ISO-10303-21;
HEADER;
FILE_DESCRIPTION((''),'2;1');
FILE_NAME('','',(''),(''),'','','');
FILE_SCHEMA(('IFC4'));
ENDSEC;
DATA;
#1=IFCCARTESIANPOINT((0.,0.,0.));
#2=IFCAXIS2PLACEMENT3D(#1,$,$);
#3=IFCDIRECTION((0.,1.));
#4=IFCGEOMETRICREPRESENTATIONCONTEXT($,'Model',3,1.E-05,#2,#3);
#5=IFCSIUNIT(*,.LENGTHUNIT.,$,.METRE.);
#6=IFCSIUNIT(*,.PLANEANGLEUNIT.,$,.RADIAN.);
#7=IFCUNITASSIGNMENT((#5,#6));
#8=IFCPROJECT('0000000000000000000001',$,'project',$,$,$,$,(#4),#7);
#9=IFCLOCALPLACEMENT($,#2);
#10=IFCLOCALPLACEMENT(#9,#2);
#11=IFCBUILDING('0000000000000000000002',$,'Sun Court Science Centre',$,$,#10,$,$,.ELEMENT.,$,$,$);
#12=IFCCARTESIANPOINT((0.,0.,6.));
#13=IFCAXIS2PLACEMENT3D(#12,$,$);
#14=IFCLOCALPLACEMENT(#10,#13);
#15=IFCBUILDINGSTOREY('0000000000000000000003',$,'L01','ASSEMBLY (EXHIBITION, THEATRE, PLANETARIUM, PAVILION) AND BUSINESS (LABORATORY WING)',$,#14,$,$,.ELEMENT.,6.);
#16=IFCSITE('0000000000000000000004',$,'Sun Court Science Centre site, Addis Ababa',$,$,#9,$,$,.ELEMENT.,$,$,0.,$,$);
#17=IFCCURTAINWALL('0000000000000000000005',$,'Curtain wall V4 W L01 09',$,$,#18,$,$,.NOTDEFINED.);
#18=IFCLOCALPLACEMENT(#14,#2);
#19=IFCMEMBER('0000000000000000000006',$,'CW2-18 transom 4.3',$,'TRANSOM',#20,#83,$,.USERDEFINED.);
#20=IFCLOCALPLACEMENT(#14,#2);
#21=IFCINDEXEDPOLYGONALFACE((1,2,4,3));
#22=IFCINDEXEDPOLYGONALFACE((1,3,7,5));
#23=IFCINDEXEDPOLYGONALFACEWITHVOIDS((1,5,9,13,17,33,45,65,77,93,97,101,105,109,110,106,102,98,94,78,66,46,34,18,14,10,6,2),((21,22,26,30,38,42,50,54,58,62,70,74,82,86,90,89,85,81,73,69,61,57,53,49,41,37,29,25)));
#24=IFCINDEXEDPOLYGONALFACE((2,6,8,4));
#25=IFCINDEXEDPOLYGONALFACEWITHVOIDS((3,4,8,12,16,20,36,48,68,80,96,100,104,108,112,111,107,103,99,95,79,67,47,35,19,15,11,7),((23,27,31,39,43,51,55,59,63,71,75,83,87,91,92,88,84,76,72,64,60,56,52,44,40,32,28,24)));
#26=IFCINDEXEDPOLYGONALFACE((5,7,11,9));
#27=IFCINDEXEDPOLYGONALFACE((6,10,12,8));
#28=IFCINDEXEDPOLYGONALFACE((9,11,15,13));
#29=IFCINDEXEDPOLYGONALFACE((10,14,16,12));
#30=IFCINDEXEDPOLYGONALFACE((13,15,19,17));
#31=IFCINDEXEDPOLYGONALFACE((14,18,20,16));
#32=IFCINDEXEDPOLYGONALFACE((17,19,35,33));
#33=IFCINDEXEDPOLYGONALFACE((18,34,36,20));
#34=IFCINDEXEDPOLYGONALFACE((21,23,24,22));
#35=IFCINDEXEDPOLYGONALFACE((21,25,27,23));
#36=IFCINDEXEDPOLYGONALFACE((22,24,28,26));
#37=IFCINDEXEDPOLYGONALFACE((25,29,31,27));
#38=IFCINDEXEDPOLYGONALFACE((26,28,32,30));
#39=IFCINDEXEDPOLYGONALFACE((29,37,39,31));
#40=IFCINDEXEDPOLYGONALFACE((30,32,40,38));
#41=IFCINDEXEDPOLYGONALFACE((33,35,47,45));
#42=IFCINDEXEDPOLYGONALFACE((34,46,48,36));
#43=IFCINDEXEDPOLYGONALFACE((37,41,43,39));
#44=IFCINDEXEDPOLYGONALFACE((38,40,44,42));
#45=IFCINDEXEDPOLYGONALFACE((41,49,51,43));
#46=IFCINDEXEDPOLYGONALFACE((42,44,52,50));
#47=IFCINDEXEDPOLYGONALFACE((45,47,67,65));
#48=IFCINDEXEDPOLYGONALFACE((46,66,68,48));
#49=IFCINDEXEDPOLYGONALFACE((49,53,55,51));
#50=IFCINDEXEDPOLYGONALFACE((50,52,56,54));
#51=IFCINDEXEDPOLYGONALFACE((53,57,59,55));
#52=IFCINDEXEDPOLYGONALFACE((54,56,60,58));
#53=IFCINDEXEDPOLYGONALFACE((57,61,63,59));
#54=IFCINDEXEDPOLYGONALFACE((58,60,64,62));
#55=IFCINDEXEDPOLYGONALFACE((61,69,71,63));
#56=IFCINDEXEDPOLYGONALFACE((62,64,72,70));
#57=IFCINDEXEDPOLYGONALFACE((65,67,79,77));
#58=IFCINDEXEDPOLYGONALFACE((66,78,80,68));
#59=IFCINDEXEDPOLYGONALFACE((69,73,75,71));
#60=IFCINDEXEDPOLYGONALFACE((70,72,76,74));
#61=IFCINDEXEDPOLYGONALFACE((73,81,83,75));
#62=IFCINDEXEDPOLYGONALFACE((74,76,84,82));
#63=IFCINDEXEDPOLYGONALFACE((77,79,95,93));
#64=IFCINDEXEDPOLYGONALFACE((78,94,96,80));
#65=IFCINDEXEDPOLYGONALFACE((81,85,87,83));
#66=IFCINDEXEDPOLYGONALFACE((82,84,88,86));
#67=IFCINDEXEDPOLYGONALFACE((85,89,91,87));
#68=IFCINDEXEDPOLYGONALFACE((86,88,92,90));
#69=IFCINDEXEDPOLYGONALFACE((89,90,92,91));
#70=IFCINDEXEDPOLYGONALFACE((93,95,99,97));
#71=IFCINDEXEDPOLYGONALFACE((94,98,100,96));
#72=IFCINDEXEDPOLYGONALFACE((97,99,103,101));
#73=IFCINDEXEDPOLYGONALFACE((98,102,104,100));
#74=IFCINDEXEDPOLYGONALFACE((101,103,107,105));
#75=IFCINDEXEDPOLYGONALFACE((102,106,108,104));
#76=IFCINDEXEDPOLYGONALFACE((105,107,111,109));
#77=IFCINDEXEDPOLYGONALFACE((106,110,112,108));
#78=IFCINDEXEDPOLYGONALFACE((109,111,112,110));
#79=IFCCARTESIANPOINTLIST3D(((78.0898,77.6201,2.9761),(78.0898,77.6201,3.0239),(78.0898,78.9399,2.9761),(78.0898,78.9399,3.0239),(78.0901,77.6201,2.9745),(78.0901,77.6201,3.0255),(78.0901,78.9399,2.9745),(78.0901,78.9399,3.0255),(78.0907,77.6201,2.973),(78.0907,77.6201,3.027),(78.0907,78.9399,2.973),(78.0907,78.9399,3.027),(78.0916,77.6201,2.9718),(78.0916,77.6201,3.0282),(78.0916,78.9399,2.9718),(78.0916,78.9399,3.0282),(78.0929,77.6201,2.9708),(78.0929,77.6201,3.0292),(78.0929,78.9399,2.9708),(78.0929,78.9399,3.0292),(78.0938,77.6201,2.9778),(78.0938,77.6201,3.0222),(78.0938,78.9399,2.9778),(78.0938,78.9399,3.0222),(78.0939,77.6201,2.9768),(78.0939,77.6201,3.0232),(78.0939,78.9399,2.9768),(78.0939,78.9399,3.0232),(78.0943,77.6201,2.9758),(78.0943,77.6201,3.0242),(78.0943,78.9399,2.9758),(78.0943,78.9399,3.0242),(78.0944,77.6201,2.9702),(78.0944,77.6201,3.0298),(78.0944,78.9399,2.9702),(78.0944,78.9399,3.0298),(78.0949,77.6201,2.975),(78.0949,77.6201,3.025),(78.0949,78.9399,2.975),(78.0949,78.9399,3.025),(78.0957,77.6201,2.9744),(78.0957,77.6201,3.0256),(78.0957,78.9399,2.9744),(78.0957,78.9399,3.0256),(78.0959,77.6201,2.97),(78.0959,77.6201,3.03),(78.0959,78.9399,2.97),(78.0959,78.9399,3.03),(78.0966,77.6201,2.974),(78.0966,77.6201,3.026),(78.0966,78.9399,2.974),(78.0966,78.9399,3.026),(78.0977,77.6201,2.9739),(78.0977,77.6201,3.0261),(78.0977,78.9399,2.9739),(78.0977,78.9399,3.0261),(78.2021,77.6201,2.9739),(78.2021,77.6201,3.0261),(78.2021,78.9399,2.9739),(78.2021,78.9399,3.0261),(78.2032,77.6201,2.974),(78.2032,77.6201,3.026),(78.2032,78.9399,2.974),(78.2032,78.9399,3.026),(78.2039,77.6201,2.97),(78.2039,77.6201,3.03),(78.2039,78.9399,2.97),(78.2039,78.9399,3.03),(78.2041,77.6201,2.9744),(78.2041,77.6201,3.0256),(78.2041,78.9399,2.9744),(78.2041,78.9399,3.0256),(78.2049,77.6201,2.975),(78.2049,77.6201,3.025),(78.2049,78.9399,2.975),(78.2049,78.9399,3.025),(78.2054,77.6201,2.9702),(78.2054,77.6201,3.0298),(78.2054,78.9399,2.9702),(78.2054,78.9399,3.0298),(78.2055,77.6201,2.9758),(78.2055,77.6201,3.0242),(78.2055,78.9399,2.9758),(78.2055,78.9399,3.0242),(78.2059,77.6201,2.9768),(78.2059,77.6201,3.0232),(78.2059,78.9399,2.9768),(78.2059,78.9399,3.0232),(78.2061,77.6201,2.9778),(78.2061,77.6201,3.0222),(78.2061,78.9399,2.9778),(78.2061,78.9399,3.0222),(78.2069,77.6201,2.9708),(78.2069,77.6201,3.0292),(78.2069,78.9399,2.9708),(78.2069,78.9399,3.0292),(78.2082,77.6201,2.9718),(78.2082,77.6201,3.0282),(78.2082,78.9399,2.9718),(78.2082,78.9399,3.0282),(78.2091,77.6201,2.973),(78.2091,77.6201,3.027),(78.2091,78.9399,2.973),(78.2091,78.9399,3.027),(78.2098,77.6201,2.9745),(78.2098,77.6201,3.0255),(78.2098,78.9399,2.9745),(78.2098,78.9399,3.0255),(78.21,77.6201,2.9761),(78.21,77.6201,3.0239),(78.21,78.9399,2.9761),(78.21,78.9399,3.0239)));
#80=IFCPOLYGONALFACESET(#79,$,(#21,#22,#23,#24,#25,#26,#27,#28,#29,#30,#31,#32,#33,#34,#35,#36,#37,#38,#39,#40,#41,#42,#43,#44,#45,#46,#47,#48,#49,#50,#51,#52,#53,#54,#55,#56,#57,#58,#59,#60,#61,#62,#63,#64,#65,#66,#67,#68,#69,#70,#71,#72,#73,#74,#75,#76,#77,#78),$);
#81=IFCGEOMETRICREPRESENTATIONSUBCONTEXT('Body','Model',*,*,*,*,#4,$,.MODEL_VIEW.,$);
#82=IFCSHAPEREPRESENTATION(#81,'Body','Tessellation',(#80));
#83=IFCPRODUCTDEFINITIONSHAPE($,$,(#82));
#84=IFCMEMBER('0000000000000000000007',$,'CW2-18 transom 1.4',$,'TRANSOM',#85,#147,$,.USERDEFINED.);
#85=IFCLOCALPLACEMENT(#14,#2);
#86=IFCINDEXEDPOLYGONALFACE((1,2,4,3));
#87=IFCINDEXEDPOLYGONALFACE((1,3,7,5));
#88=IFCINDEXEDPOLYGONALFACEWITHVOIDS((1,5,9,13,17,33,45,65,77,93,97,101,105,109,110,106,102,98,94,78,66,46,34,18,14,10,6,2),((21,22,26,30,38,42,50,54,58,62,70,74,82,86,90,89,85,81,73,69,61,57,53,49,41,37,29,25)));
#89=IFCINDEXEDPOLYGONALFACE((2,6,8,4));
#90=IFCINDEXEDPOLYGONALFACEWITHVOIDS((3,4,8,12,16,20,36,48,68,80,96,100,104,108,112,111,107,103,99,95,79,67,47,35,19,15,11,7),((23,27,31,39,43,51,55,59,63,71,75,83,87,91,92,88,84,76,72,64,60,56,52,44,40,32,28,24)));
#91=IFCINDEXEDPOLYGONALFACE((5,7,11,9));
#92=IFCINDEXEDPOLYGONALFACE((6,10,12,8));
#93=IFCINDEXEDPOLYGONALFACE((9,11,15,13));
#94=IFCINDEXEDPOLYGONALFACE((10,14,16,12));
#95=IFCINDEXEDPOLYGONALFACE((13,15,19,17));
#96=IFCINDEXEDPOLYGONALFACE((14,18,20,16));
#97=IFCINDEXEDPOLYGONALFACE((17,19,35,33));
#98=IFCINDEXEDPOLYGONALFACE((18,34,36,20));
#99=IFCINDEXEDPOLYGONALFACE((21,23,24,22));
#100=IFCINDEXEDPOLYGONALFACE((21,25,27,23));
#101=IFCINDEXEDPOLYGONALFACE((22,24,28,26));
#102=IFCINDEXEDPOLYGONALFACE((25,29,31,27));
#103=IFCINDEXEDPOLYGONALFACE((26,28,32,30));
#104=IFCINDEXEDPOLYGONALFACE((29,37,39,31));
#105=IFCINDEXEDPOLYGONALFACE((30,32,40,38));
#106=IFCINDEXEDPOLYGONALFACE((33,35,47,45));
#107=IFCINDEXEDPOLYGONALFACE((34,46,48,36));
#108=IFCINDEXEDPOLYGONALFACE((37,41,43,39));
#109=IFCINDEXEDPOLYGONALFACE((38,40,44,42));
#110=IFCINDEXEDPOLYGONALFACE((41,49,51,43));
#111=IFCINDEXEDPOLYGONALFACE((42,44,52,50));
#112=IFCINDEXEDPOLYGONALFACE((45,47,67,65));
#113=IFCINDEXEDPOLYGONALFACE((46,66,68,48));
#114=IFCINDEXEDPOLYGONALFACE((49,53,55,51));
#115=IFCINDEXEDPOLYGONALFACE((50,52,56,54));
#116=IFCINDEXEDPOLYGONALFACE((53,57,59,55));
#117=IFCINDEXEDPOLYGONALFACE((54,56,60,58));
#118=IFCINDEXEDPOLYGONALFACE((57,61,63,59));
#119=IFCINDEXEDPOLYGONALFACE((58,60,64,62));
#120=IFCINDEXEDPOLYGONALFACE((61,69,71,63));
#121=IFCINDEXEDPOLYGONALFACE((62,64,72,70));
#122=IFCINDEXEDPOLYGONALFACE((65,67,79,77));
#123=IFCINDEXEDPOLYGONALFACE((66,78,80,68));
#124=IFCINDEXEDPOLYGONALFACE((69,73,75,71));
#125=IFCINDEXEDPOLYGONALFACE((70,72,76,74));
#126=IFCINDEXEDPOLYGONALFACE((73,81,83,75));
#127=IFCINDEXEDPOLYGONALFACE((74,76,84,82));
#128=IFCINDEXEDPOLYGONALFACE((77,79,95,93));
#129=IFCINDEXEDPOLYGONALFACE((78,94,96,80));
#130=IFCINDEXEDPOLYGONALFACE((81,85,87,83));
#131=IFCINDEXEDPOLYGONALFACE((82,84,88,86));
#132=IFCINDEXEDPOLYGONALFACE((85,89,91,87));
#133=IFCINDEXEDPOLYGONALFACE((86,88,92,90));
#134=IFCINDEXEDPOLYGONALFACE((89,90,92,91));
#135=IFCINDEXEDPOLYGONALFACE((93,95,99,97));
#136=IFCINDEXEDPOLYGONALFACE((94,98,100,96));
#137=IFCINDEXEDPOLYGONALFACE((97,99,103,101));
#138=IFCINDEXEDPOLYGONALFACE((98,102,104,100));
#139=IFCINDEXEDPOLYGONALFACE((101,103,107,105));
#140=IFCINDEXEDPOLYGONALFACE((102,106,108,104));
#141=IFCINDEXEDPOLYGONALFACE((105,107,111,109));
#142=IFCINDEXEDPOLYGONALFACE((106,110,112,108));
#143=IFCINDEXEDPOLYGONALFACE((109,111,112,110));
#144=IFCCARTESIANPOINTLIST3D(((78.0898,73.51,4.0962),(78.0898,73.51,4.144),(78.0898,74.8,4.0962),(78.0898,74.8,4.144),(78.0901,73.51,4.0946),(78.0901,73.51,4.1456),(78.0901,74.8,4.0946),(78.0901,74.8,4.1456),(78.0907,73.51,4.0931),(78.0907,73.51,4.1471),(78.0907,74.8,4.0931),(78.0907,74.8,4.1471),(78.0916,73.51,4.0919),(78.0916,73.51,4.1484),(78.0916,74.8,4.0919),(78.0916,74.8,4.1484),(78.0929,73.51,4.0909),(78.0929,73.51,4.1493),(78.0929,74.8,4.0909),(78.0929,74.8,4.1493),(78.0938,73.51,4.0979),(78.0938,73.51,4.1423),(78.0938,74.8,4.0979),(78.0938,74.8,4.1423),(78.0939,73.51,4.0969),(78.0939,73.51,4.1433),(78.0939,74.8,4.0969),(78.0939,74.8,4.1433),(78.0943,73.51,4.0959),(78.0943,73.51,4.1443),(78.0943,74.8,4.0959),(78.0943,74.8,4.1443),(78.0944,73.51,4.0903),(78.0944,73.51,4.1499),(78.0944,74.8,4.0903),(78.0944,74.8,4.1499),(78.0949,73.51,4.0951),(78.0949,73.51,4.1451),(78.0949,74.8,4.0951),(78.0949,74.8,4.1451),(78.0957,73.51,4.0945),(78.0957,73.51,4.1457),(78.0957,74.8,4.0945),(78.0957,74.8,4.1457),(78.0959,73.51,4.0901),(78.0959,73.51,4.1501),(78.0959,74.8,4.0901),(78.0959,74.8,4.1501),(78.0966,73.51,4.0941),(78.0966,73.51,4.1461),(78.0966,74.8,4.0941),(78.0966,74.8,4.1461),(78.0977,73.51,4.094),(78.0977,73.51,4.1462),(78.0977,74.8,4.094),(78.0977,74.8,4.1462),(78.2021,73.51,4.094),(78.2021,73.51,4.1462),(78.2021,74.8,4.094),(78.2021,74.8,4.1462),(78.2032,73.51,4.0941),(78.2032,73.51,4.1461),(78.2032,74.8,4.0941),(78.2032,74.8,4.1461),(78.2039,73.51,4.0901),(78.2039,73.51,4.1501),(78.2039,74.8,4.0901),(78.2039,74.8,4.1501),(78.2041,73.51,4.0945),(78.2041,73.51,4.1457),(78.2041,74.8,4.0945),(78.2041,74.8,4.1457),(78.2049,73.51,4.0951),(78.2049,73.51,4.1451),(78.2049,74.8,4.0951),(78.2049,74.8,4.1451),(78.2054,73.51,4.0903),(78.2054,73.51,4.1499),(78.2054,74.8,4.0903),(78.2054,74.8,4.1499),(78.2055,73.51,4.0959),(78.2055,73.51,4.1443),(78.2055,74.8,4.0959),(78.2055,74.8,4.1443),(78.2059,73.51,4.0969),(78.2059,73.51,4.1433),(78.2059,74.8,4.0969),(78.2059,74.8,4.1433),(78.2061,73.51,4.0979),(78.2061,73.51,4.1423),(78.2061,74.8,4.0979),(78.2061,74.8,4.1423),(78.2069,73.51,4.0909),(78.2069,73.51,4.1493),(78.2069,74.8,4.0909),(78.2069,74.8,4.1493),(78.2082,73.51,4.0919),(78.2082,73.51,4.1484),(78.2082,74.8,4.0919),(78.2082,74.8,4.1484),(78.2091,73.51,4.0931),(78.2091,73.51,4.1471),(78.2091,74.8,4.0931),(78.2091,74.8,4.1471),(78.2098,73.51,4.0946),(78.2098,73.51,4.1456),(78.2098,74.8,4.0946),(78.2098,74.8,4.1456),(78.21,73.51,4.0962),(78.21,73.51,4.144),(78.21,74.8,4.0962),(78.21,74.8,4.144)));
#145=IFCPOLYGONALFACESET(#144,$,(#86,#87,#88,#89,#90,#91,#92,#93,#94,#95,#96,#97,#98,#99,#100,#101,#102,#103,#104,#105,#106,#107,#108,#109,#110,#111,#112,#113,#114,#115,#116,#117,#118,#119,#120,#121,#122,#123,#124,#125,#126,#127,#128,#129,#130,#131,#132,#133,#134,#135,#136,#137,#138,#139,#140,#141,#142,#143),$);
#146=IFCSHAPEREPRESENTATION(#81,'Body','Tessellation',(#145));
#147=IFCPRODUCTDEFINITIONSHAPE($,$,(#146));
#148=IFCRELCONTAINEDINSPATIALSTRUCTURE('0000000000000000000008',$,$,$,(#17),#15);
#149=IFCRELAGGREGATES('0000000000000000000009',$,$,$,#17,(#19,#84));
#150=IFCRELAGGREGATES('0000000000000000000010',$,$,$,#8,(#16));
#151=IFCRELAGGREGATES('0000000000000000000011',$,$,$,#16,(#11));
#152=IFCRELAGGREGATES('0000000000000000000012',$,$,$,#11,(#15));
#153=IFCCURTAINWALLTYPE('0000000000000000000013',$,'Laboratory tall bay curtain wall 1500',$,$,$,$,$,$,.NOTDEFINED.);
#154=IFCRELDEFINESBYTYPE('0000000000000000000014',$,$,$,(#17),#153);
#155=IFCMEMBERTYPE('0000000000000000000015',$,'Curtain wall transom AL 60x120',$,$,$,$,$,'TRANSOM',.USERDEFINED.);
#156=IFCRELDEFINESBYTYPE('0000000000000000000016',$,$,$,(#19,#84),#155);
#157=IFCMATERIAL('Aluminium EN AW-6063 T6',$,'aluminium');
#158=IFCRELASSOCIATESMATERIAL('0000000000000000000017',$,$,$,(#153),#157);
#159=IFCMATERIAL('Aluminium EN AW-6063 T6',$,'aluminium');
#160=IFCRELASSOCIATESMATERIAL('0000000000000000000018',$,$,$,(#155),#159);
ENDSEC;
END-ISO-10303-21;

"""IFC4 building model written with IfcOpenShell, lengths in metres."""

from ifc_helpers import new_model, si_unit, direction, frame, origin, origin_2d, place, context, subcontext, project, spatial, hollow_rectangle, extrude, material, material_profile, profile_set, type_object, element, aggregate, save


model = new_model("IFC4")

# Units and contexts
model_context = context("Model", 3, precision=1e-05, world=origin(), true_north=direction((0.0, 1.0)))
body_context = subcontext(model_context, "Body", "Model", "MODEL_VIEW")
ifc_project = project(units=[si_unit("LENGTHUNIT", "METRE"), si_unit("PLANEANGLEUNIT", "RADIAN")], contexts=[model_context])

# Site, building, storey
site_placement = place(None, origin())
site = spatial("IfcSite", under=ifc_project, at=site_placement, Name="Sun Court Science Centre site, Addis Ababa", CompositionType="ELEMENT", RefElevation=0.0)
building_placement = place(site_placement, origin())
building = spatial("IfcBuilding", under=site, at=building_placement, Name="Sun Court Science Centre", CompositionType="ELEMENT")
storey_placement = place(building_placement, frame((0.0, 0.0, 6.0)))
storey = spatial("IfcBuildingStorey", under=building, at=storey_placement, Name="L01", Description="ASSEMBLY (EXHIBITION, THEATRE, PLANETARIUM, PAVILION) AND BUSINESS (LABORATORY WING)", CompositionType="ELEMENT", Elevation=6.0)

# Shared definitions
ifc_material_1 = material(Name="Aluminium EN AW-6063 T6", Category="aluminium")
curtain_wall_type = type_object("IfcCurtainWallType", Name="Laboratory tall bay curtain wall 1500", PredefinedType="NOTDEFINED", material=ifc_material_1)

# Curtain wall
curtain_wall_1_placement = place(storey_placement, origin())
curtain_wall_1 = element("IfcCurtainWall", 1, at=curtain_wall_1_placement, inside=storey, type_object=curtain_wall_type, Name="Curtain wall V4 W L01 09", PredefinedType="NOTDEFINED")

# Members
ifc_material_2 = material(Name="Aluminium EN AW-6063 T6", Category="aluminium")
ifc_material_profile_1 = material_profile(ifc_material_2, hollow_rectangle(XDim=0.0601, YDim=0.1201, WallThickness=0.0039, InnerFilletRadius=0.0039, OuterFilletRadius=0.0061, at=origin_2d()), Name="AL 60x120x4")
ifc_profile_set_1 = profile_set([ifc_material_profile_1], Name="Aluminium EN AW-6063 T6")
member_type_1 = type_object("IfcMemberType", Name="Curtain wall transom AL 60x120", ElementType="TRANSOM", PredefinedType="USERDEFINED", material=ifc_profile_set_1)
member_1_placement = place(storey_placement, frame((78.1499, 77.6201, 3.0), z_axis=(0.0, 1.0, 0.0), x_axis=(0.0, 0.0, 1.0)))
member_1 = element("IfcMember", 2, at=member_1_placement, type_object=member_type_1, Name="CW2-18 transom 4.3", ObjectType="TRANSOM", PredefinedType="USERDEFINED", context=body_context, shape_type="SweptSolid", body=[
    extrude(hollow_rectangle(XDim=0.0601, YDim=0.1201, WallThickness=0.0039, InnerFilletRadius=0.0039, OuterFilletRadius=0.0061, at=origin_2d()), origin(), (0.0, 0.0, 1.0), 1.3198),
])
member_2_placement = place(storey_placement, frame((78.1499, 73.51, 4.1201), z_axis=(0.0, 1.0, 0.0), x_axis=(0.0, 0.0, 1.0)))
member_2 = element("IfcMember", 3, at=member_2_placement, type_object=member_type_1, Name="CW2-18 transom 1.4", ObjectType="TRANSOM", PredefinedType="USERDEFINED", context=body_context, shape_type="SweptSolid", body=[
    extrude(hollow_rectangle(XDim=0.0601, YDim=0.1201, WallThickness=0.0039, InnerFilletRadius=0.0039, OuterFilletRadius=0.0061, at=origin_2d()), origin(), (0.0, 0.0, 1.0), 1.29),
])

aggregate(curtain_wall_1, [member_1, member_2])

save(model, "model.ifc")
